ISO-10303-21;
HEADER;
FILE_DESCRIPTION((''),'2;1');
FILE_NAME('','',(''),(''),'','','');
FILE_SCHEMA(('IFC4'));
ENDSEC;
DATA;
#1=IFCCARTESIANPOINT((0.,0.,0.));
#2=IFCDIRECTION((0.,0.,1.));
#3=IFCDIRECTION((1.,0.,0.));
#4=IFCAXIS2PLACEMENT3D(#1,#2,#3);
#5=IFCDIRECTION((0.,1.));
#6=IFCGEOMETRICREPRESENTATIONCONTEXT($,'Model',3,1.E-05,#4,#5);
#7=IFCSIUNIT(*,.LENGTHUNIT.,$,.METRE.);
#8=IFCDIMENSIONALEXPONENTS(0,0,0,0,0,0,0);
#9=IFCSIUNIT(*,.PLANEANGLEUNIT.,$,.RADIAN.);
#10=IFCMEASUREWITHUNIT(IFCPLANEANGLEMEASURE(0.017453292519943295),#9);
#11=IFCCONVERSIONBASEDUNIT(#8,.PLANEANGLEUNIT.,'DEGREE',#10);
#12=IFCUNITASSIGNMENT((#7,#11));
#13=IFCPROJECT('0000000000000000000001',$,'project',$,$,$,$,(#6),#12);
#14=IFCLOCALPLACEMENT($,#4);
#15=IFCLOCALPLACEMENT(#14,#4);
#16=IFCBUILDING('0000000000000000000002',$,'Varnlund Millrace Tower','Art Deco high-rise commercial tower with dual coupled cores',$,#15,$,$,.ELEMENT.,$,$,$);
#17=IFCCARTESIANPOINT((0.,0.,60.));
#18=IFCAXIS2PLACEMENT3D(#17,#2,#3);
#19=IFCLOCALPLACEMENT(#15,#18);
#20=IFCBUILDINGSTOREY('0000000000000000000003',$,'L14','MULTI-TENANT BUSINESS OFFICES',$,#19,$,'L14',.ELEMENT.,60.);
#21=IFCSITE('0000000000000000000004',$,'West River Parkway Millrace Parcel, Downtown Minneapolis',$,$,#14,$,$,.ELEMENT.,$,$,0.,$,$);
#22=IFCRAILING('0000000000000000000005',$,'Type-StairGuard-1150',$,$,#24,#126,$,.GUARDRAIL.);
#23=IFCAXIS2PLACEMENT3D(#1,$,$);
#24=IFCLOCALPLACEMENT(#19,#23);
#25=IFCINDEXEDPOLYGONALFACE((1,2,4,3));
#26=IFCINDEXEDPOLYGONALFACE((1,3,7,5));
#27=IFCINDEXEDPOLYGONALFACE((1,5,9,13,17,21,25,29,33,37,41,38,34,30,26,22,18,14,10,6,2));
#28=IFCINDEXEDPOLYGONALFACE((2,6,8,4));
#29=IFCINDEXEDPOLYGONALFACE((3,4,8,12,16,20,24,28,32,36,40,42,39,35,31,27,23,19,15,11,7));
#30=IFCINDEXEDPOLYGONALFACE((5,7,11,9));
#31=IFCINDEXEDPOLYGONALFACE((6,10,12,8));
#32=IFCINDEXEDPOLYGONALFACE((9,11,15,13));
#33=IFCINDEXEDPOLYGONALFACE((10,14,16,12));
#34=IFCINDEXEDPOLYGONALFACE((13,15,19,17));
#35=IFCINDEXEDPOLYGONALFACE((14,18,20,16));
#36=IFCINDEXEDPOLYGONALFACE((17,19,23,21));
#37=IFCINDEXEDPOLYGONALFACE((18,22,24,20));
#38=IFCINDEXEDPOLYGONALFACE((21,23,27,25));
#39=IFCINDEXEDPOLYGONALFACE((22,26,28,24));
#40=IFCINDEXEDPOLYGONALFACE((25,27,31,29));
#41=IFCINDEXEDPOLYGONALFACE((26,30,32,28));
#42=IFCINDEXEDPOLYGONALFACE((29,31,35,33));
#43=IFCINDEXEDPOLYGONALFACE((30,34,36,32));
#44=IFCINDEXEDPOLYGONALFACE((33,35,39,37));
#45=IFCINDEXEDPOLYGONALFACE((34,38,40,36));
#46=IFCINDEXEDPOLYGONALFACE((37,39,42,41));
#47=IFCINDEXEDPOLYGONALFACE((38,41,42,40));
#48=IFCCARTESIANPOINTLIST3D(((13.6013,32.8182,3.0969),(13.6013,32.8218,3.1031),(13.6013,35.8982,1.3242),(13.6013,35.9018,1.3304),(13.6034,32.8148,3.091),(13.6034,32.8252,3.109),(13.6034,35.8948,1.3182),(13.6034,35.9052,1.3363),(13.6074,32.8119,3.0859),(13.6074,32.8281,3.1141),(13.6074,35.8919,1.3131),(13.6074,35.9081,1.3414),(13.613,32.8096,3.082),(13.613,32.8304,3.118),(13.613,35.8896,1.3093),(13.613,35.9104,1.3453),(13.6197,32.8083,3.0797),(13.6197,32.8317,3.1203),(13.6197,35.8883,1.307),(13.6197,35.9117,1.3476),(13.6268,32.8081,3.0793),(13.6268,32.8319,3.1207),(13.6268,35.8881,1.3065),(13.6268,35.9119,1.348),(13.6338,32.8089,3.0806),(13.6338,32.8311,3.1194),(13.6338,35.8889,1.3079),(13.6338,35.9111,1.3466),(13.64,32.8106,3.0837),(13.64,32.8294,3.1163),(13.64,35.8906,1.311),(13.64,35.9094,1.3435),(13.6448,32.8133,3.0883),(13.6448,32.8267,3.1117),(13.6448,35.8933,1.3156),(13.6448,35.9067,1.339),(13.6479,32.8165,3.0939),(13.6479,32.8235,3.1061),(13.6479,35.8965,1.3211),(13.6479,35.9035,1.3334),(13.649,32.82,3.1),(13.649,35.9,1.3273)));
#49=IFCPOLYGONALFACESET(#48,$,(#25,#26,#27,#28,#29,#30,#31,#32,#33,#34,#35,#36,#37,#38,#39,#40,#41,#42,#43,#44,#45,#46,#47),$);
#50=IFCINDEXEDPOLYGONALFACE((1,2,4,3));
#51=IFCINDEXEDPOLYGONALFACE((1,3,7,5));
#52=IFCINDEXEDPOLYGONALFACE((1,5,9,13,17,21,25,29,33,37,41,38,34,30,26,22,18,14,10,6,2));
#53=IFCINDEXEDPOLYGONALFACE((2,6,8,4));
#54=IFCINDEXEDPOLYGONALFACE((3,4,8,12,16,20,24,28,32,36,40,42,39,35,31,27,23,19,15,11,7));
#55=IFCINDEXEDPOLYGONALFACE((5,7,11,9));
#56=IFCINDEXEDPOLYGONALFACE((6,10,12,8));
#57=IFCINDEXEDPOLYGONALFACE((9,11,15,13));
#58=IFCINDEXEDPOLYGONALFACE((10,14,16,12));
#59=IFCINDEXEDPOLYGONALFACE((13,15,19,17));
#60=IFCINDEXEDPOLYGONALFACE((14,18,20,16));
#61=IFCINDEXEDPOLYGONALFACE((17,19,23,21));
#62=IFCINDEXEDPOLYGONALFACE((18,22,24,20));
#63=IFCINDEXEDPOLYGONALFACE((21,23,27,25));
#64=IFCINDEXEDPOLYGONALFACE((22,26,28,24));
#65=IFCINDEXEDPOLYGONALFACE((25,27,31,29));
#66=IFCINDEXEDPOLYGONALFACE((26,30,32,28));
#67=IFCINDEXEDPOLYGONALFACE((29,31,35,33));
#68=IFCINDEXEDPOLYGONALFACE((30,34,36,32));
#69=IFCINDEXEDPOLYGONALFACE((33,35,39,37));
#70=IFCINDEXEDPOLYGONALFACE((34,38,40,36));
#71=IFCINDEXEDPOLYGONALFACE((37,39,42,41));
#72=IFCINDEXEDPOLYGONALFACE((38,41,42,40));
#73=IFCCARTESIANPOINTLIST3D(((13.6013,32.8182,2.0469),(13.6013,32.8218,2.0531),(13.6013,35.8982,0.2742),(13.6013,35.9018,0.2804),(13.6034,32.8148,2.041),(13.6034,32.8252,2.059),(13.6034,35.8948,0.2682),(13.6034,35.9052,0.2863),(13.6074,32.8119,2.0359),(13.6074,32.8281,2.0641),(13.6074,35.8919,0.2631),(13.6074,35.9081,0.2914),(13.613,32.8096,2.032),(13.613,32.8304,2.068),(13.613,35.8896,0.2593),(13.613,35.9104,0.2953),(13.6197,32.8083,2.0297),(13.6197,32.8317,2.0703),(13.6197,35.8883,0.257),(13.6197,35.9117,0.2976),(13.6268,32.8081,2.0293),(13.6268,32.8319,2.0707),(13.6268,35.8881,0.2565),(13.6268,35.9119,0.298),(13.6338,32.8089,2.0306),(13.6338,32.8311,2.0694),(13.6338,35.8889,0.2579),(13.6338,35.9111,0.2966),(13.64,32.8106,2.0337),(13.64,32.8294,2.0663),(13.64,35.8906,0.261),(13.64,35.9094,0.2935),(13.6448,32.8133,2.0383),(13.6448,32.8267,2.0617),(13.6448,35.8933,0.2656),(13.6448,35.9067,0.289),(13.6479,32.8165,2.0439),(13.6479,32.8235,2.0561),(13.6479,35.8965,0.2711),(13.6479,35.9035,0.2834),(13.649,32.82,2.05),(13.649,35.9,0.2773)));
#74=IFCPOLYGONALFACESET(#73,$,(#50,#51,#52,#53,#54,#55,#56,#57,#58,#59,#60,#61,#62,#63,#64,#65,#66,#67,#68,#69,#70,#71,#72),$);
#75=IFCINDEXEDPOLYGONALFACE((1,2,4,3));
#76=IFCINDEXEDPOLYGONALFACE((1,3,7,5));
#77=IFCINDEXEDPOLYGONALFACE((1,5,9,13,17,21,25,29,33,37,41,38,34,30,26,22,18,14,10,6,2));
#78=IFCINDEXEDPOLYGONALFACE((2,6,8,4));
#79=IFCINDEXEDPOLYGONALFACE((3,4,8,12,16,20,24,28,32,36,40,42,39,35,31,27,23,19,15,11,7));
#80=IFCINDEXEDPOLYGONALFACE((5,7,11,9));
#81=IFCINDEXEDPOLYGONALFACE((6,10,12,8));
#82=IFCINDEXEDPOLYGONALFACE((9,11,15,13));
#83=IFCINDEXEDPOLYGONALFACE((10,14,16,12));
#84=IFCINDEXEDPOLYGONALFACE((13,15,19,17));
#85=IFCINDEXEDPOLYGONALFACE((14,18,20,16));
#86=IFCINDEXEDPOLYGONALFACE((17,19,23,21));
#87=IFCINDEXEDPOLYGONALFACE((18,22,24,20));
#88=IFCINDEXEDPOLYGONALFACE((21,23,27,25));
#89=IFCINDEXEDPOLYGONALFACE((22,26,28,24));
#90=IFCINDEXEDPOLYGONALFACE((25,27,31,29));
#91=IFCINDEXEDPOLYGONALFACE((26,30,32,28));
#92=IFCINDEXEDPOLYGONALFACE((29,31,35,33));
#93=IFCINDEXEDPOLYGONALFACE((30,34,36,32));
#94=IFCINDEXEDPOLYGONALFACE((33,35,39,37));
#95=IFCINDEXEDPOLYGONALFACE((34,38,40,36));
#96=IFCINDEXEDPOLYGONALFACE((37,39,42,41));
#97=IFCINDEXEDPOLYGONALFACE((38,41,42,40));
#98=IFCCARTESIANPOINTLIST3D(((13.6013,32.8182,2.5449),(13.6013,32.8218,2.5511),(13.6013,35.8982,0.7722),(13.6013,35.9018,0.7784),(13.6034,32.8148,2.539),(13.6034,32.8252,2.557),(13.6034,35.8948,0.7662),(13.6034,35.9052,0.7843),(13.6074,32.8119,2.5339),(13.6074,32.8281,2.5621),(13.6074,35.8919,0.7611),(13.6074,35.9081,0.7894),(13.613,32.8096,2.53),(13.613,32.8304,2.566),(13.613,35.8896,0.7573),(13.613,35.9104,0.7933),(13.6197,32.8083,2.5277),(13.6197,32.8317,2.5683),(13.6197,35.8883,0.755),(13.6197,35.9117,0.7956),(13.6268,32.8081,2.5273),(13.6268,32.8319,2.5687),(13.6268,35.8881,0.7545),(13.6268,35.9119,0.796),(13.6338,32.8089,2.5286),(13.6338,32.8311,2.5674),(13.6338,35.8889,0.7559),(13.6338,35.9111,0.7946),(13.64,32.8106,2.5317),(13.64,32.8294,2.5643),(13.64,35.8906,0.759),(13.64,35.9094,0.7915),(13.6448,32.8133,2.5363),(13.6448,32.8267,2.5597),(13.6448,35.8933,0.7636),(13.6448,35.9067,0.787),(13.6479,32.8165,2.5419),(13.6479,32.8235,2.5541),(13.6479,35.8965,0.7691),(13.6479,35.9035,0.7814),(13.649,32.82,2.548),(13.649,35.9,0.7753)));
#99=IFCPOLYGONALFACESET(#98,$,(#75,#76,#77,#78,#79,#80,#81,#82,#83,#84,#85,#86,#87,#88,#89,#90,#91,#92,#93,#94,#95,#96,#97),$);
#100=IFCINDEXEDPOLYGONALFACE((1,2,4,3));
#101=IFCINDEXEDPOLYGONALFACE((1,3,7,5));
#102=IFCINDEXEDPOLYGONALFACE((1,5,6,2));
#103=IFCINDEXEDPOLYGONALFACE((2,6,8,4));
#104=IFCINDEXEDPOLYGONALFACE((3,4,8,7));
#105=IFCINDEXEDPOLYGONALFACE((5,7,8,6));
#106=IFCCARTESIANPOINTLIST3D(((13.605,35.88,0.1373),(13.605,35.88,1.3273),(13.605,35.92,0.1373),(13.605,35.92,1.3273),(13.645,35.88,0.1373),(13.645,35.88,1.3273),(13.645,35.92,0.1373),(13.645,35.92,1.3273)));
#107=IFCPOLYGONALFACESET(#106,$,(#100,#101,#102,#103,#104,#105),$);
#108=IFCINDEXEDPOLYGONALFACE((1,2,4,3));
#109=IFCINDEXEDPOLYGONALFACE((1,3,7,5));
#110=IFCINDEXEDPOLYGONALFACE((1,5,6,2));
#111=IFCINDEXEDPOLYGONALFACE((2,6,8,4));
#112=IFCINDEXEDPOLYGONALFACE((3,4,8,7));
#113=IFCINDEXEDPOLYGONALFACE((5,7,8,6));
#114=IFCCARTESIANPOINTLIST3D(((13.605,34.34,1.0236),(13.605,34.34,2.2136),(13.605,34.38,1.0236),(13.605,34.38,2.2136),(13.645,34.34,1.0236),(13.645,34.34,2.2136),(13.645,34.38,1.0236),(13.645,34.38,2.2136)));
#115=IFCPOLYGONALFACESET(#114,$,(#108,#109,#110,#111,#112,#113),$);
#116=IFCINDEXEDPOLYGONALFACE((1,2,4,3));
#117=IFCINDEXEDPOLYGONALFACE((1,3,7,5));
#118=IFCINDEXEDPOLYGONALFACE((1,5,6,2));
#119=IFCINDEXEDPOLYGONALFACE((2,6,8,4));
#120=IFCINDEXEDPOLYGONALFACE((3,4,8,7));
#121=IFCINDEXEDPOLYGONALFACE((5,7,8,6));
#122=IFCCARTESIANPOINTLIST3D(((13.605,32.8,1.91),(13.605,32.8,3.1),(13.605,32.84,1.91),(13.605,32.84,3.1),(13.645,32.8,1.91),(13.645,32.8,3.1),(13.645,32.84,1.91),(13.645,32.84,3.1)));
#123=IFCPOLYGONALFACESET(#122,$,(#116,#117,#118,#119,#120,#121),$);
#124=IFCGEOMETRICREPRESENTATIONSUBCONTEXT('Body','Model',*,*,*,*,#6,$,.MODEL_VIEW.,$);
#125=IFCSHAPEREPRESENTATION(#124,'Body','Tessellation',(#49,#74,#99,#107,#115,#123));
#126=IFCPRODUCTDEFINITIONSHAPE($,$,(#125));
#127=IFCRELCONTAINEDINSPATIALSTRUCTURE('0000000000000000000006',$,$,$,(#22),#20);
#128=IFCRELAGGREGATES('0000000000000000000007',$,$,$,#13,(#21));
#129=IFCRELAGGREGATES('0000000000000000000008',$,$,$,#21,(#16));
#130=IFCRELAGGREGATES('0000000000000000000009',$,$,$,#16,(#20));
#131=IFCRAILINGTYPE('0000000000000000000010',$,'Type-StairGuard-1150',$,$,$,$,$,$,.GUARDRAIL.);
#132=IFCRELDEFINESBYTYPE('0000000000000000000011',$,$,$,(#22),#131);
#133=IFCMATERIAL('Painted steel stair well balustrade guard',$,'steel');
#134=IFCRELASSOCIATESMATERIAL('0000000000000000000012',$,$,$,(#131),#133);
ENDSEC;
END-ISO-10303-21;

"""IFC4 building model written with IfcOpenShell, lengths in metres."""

from ifc_helpers import new_model, entity, si_unit, converted_unit, direction, frame, origin_with_axes, origin_2d_with_axis, place, context, subcontext, project, spatial, rectangle, circle, extrude, material, type_object, element, save


model = new_model("IFC4")

# Units and contexts
model_context = context("Model", 3, precision=1e-05, world=origin_with_axes(), true_north=direction((0.0, 1.0)))
body_context = subcontext(model_context, "Body", "Model", "MODEL_VIEW")
ifc_project = project(units=[si_unit("LENGTHUNIT", "METRE"), converted_unit("PLANEANGLEUNIT", "DEGREE", entity("IfcPlaneAngleMeasure", 0.017453292519943295), si_unit("PLANEANGLEUNIT", "RADIAN"), dimensions=[0, 0, 0, 0, 0, 0, 0])], contexts=[model_context])

# Site, building, storey
site_placement = place(None, origin_with_axes())
site = spatial("IfcSite", under=ifc_project, at=site_placement, Name="West River Parkway Millrace Parcel, Downtown Minneapolis", CompositionType="ELEMENT", RefElevation=0.0)
building_placement = place(site_placement, origin_with_axes())
building = spatial("IfcBuilding", under=site, at=building_placement, Name="Varnlund Millrace Tower", Description="Art Deco high-rise commercial tower with dual coupled cores", CompositionType="ELEMENT")
storey_placement = place(building_placement, frame((0.0, 0.0, 60.0), z_axis=(0.0, 0.0, 1.0), x_axis=(1.0, 0.0, 0.0)))
storey = spatial("IfcBuildingStorey", under=building, at=storey_placement, Name="L14", Description="MULTI-TENANT BUSINESS OFFICES", LongName="L14", CompositionType="ELEMENT", Elevation=60.0)

# Railing
ifc_material_1 = material(Name="Painted steel stair well balustrade guard", Category="steel")
railing_type_1 = type_object("IfcRailingType", Name="Type-StairGuard-1150", PredefinedType="GUARDRAIL", material=ifc_material_1)
railing_1_placement = place(storey_placement, frame((0.0, 0.0, -60.0), z_axis=(0.0, 0.0, 1.0), x_axis=(1.0, 0.0, 0.0)))
element("IfcRailing", 1, at=railing_1_placement, inside=storey, type_object=railing_type_1, Name="Type-StairGuard-1150", PredefinedType="GUARDRAIL", context=body_context, shape_type="SweptSolid", body=[
    extrude(circle(Radius=0.024, at=origin_2d_with_axis()), frame((13.625, 35.9, 61.3273), z_axis=(0.0, -0.866696, 0.498836), x_axis=(1.0, 0.0, 0.0)), (0.0, 0.0, 1.0), 3.5537),
    extrude(circle(Radius=0.024, at=origin_2d_with_axis()), frame((13.625, 35.9, 60.2773), z_axis=(0.0, -0.866696, 0.498836), x_axis=(1.0, 0.0, 0.0)), (0.0, 0.0, 1.0), 3.5537),
    extrude(circle(Radius=0.024, at=origin_2d_with_axis()), frame((13.625, 35.9, 60.7753), z_axis=(0.0, -0.866696, 0.498836), x_axis=(1.0, 0.0, 0.0)), (0.0, 0.0, 1.0), 3.5537),
    extrude(rectangle(XDim=0.04, YDim=0.04, at=origin_2d_with_axis()), frame((13.625, 35.9, 60.1373), z_axis=(0.0, 0.0, 1.0), x_axis=(1.0, 0.0, 0.0)), (0.0, 0.0, 1.0), 1.19),
    extrude(rectangle(XDim=0.04, YDim=0.04, at=origin_2d_with_axis()), frame((13.625, 34.36, 61.0236), z_axis=(0.0, 0.0, 1.0), x_axis=(1.0, 0.0, 0.0)), (0.0, 0.0, 1.0), 1.19),
    extrude(rectangle(XDim=0.04, YDim=0.04, at=origin_2d_with_axis()), frame((13.625, 32.82, 61.91), z_axis=(0.0, 0.0, 1.0), x_axis=(1.0, 0.0, 0.0)), (0.0, 0.0, 1.0), 1.19),
])

save(model, "model.ifc")
